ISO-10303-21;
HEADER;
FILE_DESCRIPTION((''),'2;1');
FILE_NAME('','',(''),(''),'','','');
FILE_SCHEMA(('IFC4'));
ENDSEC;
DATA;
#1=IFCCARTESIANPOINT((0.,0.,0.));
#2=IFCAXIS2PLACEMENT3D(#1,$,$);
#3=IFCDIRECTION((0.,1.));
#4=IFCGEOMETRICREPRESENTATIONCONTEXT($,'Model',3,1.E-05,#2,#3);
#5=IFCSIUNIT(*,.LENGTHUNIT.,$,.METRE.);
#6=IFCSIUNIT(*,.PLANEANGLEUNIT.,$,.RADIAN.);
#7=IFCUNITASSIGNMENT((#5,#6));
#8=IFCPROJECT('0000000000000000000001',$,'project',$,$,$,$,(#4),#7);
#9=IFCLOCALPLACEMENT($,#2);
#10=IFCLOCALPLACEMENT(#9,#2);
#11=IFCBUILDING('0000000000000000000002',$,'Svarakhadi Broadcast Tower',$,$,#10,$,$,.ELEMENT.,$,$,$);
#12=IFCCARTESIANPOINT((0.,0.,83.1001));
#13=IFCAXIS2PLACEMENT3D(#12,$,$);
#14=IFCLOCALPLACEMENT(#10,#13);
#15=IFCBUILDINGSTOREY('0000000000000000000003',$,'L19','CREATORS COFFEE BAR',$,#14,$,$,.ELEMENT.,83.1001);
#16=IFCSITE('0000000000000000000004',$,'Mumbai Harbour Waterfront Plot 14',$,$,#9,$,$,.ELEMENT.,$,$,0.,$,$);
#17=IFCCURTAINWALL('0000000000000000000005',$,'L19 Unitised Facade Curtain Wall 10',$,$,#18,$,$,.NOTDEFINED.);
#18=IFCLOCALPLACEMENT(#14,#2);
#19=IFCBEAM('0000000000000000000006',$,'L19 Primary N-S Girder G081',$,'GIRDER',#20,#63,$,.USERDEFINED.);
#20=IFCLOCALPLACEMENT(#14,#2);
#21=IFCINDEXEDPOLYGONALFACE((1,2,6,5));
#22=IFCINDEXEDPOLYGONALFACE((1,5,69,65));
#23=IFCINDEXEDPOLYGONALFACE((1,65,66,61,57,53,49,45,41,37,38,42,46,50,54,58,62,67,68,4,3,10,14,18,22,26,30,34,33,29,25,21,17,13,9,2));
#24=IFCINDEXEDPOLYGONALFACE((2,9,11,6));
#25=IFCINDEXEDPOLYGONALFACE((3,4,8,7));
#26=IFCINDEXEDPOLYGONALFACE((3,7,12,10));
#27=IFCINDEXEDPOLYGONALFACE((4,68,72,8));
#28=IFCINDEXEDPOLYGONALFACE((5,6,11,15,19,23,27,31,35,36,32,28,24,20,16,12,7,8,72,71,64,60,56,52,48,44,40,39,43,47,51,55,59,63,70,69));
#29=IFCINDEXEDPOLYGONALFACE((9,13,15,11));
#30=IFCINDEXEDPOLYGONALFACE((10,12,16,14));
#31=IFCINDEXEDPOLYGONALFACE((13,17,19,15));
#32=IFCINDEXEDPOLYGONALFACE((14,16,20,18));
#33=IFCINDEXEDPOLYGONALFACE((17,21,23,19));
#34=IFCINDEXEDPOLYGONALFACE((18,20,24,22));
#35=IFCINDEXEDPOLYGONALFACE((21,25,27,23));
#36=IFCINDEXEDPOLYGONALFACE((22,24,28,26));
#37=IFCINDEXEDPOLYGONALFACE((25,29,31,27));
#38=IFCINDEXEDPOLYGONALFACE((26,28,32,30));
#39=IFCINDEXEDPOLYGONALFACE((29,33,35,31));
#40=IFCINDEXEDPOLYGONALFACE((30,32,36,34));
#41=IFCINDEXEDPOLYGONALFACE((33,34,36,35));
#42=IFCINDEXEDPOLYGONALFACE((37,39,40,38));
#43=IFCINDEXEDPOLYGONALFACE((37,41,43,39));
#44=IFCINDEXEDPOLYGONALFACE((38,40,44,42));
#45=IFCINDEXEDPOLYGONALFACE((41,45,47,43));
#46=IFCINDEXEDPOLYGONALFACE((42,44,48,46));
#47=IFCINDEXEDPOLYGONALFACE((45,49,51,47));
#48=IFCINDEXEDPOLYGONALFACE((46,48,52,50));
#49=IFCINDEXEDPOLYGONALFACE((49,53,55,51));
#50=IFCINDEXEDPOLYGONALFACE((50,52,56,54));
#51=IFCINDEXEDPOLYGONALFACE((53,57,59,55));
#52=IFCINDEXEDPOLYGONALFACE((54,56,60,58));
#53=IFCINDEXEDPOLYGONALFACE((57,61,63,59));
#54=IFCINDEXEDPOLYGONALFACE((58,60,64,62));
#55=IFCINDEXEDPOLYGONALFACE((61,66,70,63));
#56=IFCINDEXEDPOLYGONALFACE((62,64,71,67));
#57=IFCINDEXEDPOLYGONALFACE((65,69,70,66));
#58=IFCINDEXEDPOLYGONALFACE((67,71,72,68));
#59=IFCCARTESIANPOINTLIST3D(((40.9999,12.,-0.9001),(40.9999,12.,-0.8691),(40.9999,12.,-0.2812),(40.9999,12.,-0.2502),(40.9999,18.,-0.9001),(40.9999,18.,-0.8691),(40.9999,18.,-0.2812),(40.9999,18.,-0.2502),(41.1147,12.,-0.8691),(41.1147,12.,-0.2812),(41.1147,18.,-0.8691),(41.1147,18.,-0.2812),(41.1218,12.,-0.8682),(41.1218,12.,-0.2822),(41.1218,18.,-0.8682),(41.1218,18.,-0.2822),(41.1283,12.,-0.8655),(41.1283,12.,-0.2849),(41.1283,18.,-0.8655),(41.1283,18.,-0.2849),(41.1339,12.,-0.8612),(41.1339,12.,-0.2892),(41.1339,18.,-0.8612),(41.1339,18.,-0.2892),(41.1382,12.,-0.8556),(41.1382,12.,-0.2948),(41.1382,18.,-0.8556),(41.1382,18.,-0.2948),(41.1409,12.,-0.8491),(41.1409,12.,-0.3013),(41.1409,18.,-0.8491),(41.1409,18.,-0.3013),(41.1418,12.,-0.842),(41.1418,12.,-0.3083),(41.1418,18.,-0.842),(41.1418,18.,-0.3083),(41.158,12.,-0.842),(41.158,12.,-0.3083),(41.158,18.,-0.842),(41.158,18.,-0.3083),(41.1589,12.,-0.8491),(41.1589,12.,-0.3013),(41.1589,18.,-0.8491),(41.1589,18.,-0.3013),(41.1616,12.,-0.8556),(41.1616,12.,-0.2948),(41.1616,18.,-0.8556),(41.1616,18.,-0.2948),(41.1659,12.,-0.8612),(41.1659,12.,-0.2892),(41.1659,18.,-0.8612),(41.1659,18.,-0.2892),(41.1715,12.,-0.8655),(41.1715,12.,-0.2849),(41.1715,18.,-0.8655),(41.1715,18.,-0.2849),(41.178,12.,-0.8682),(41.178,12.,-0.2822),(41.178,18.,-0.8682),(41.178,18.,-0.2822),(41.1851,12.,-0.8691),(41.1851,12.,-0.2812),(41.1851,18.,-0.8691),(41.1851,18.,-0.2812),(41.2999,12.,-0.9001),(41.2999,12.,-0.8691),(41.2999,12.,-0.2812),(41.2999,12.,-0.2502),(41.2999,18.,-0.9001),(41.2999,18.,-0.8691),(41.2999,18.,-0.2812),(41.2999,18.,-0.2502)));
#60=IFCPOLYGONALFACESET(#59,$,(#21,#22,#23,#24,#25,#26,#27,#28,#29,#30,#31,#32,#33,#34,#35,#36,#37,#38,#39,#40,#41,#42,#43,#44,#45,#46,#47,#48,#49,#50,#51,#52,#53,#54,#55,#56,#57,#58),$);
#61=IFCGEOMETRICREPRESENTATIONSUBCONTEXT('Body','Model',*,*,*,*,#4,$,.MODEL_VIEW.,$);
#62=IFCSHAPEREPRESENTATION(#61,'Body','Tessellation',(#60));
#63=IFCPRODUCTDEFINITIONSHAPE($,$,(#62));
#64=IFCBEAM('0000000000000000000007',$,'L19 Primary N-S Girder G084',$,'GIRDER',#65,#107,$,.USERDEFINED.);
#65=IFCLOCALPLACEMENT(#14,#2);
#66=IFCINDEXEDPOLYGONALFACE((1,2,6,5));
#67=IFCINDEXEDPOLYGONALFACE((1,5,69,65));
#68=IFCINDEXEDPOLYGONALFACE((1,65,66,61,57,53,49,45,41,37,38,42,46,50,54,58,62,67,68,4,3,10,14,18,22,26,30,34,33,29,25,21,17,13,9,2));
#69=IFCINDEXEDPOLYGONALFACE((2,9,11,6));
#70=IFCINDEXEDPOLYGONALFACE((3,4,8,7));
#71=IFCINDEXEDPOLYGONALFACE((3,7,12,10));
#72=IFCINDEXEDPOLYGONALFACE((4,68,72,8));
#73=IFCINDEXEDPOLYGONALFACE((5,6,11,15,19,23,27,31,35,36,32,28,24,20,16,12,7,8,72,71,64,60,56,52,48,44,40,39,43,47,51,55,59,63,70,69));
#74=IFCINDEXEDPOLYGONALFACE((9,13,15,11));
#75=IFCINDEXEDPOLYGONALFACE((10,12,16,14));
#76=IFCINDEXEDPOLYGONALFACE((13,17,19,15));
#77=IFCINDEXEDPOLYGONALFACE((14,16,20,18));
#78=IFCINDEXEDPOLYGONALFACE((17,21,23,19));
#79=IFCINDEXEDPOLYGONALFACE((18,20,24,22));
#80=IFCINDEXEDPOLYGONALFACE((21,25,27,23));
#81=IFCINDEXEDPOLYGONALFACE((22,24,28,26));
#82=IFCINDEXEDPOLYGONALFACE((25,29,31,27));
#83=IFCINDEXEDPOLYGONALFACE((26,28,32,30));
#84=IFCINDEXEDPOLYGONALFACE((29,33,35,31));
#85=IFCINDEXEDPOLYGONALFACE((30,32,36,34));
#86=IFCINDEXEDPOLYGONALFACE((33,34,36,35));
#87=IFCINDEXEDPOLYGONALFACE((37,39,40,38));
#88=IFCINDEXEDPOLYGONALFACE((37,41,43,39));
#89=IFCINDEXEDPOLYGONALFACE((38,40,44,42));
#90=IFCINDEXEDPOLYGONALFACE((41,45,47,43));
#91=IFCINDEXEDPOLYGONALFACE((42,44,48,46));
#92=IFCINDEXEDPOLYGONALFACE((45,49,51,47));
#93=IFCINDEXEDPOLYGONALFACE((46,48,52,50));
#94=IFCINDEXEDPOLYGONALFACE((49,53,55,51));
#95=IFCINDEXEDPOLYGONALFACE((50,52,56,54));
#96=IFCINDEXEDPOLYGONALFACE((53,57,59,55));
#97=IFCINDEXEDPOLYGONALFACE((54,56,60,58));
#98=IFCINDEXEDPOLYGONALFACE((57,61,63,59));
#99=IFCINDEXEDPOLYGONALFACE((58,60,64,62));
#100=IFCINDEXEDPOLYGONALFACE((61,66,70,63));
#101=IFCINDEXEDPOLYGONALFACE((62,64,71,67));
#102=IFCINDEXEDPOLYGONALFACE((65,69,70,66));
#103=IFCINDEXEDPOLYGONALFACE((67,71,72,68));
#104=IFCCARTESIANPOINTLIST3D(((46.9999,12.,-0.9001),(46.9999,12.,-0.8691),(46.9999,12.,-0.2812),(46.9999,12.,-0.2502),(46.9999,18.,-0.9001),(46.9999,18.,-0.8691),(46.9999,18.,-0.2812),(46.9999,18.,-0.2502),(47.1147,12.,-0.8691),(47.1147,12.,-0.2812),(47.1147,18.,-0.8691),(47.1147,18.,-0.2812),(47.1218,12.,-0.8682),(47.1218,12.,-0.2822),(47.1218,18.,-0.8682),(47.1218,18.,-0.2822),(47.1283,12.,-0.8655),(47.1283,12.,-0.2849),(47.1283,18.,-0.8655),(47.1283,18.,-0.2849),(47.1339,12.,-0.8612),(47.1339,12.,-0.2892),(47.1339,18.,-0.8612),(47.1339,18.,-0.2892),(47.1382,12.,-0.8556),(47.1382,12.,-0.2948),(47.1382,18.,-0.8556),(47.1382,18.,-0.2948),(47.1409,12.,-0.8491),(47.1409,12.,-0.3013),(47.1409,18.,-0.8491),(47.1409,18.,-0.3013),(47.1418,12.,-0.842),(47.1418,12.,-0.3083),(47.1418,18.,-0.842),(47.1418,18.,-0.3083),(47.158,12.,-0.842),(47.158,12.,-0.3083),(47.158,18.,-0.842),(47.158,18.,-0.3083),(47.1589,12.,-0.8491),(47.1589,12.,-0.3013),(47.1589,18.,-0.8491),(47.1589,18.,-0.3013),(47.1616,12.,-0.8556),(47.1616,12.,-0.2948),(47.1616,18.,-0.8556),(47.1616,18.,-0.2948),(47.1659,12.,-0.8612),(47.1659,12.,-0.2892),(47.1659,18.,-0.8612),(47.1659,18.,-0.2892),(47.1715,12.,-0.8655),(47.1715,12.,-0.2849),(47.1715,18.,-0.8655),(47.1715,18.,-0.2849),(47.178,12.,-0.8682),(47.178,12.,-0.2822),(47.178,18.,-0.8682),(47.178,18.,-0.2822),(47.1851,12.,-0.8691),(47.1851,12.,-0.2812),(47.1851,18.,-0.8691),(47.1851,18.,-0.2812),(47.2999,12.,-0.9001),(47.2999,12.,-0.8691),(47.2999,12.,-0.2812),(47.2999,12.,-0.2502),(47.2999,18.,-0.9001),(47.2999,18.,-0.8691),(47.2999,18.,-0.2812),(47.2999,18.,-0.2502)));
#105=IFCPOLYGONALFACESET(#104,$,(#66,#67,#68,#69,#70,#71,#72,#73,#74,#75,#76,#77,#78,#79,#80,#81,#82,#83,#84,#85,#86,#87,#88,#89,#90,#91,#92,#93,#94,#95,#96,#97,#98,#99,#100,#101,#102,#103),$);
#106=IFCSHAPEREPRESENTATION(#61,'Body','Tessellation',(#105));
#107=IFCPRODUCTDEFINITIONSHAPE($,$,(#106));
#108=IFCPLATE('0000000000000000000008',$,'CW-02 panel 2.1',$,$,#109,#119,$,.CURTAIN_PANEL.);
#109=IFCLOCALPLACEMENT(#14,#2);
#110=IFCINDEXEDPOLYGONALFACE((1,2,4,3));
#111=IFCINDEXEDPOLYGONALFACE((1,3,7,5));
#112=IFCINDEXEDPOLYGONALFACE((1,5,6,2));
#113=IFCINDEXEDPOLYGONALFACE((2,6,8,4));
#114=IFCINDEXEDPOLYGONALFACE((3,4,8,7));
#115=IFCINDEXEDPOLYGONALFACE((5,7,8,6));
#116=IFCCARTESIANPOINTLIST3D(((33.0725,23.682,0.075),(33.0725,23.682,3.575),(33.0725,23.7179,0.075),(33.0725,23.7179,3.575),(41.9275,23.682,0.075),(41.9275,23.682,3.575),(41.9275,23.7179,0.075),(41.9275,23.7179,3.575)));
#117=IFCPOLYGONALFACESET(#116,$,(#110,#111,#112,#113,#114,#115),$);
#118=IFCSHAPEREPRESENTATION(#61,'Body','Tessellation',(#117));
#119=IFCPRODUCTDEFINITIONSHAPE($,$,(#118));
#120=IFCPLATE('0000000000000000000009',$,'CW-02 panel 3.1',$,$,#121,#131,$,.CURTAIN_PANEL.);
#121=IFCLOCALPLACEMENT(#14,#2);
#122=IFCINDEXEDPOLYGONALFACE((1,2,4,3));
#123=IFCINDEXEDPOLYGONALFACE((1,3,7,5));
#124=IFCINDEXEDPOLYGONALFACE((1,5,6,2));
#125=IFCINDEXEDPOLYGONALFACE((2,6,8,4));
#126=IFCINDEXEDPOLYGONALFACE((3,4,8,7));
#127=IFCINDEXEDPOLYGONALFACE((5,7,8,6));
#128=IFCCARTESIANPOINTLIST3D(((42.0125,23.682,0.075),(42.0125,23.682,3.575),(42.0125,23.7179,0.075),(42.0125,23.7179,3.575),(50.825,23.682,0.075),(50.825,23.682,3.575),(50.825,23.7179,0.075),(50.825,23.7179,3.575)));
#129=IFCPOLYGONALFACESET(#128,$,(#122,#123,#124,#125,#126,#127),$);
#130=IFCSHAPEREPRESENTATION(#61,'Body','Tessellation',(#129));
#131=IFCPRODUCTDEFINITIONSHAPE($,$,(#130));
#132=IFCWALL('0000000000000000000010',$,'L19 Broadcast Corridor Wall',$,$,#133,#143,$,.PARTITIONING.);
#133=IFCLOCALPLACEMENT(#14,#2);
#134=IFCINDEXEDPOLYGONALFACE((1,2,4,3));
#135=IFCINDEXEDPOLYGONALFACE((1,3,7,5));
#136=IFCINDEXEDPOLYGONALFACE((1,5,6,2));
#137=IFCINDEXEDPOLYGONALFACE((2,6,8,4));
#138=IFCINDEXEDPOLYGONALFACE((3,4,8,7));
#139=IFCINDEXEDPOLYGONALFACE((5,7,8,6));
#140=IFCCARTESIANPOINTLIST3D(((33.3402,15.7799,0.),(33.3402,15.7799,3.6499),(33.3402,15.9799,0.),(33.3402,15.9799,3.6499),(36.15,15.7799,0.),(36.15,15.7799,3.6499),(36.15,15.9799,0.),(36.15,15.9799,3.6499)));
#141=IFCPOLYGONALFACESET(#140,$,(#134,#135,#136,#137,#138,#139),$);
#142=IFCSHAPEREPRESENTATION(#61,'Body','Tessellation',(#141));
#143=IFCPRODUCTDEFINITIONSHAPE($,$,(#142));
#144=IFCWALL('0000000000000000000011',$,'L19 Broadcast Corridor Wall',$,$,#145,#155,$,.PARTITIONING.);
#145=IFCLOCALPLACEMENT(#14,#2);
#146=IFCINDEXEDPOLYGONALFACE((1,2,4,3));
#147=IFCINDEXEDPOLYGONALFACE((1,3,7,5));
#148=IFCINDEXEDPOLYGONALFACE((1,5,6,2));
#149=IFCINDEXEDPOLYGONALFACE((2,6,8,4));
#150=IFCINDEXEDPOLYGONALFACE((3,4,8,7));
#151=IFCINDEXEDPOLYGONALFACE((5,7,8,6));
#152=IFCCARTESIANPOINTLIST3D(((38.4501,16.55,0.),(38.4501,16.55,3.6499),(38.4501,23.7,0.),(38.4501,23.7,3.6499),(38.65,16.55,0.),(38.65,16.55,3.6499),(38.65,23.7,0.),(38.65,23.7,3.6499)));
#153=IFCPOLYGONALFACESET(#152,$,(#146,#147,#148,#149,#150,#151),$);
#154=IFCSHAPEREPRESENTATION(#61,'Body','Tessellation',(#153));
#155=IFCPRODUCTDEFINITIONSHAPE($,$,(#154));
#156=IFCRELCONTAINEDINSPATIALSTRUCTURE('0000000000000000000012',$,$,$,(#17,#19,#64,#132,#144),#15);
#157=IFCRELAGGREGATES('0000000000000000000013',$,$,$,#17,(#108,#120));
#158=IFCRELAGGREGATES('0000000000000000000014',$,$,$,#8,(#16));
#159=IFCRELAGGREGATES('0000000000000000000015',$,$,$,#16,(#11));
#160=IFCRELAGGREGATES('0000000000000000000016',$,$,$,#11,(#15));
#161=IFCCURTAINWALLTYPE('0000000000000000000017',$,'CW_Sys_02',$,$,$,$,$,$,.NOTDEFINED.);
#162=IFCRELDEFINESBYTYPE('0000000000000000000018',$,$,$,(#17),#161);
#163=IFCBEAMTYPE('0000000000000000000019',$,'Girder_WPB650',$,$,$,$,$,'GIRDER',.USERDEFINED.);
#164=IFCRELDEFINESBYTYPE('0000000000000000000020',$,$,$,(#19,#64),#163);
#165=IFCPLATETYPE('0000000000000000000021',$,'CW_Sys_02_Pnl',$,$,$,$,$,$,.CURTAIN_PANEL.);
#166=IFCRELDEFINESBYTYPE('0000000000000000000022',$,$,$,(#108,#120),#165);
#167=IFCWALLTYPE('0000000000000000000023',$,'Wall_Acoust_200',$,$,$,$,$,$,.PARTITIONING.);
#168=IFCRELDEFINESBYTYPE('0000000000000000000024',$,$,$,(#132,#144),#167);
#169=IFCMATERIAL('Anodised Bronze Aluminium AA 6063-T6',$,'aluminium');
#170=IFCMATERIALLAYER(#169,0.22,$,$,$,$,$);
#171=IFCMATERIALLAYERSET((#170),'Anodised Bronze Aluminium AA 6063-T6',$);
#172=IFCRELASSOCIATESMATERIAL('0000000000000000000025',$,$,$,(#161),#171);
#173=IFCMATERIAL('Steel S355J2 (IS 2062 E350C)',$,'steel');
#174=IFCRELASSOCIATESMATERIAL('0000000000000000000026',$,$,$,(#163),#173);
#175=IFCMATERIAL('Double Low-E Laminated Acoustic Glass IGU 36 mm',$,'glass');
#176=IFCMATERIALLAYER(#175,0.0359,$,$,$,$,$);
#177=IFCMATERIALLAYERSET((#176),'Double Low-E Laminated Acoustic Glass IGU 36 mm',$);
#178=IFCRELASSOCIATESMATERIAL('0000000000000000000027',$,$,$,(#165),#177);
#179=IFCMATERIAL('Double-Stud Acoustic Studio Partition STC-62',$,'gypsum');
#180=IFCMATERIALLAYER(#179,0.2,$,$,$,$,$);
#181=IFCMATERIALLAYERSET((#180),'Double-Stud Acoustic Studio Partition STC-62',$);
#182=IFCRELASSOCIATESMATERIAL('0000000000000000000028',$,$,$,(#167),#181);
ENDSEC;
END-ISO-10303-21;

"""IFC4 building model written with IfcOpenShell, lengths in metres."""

from ifc_helpers import new_model, si_unit, direction, frame, frame_2d, origin, origin_2d, place, context, subcontext, project, spatial, rectangle, i_section, extrude, material, layer, layer_set, material_profile, profile_set, type_object, element, aggregate, save


model = new_model("IFC4")

# Units and contexts
model_context = context("Model", 3, precision=1e-05, world=origin(), true_north=direction((0.0, 1.0)))
body_context = subcontext(model_context, "Body", "Model", "MODEL_VIEW")
ifc_project = project(units=[si_unit("LENGTHUNIT", "METRE"), si_unit("PLANEANGLEUNIT", "RADIAN")], contexts=[model_context])

# Site, building, storey
site_placement = place(None, origin())
site = spatial("IfcSite", under=ifc_project, at=site_placement, Name="Mumbai Harbour Waterfront Plot 14", CompositionType="ELEMENT", RefElevation=0.0)
building_placement = place(site_placement, origin())
building = spatial("IfcBuilding", under=site, at=building_placement, Name="Svarakhadi Broadcast Tower", CompositionType="ELEMENT")
storey_placement = place(building_placement, frame((0.0, 0.0, 83.1001)))
storey = spatial("IfcBuildingStorey", under=building, at=storey_placement, Name="L19", Description="CREATORS COFFEE BAR", CompositionType="ELEMENT", Elevation=83.1001)

# Shared definitions
ifc_material_1 = material(Name="Steel S355J2 (IS 2062 E350C)", Category="steel")

# Curtain wall
ifc_material_2 = material(Name="Anodised Bronze Aluminium AA 6063-T6", Category="aluminium")
ifc_layer_1 = layer(ifc_material_2, 0.22)
ifc_layer_set_1 = layer_set([ifc_layer_1], Name="Anodised Bronze Aluminium AA 6063-T6")
curtain_wall_type = type_object("IfcCurtainWallType", Name="CW_Sys_02", PredefinedType="NOTDEFINED", material=ifc_layer_set_1)
curtain_wall_1_placement = place(storey_placement, origin())
curtain_wall_1 = element("IfcCurtainWall", 1, at=curtain_wall_1_placement, inside=storey, type_object=curtain_wall_type, Name="L19 Unitised Facade Curtain Wall 10", PredefinedType="NOTDEFINED")

# Beams
ifc_material_profile_1 = material_profile(ifc_material_1, i_section(OverallWidth=0.3, OverallDepth=0.6499, WebThickness=0.0161, FlangeThickness=0.031, FilletRadius=0.0271, at=origin_2d()), Name="WPB 650x300x225")
ifc_profile_set_1 = profile_set([ifc_material_profile_1], Name="Steel S355J2 (IS 2062 E350C)")
beam_type_1 = type_object("IfcBeamType", Name="Girder_WPB650", ElementType="GIRDER", PredefinedType="USERDEFINED", material=ifc_profile_set_1)
for number, where, z_axis, x_axis, name in (
    (2, (41.1499, 12.0, -0.5752), (0.0, 1.0, 0.0), (-1.0, 0.0, 0.0), "L19 Primary N-S Girder G081"),
    (3, (47.1499, 12.0, -0.5752), (0.0, 1.0, 0.0), (-1.0, 0.0, 0.0), "L19 Primary N-S Girder G084"),
):
    element("IfcBeam", number, at=place(storey_placement, frame(where, z_axis=z_axis, x_axis=x_axis)), inside=storey, type_object=beam_type_1, Name=name, ObjectType="GIRDER", PredefinedType="USERDEFINED", context=body_context, shape_type="SweptSolid", body=[
        extrude(i_section(OverallWidth=0.3, OverallDepth=0.6499, WebThickness=0.0161, FlangeThickness=0.031, FilletRadius=0.0271, at=origin_2d()), origin(), (0.0, 0.0, 1.0), 6.0),
    ])

# Plates
ifc_material_3 = material(Name="Double Low-E Laminated Acoustic Glass IGU 36 mm", Category="glass")
ifc_layer_2 = layer(ifc_material_3, 0.0359)
ifc_layer_set_2 = layer_set([ifc_layer_2], Name="Double Low-E Laminated Acoustic Glass IGU 36 mm")
plate_type = type_object("IfcPlateType", Name="CW_Sys_02_Pnl", PredefinedType="CURTAIN_PANEL", material=ifc_layer_set_2)
plate_1_placement = place(storey_placement, frame((37.5, 23.7, 0.075), z_axis=(0.0, 0.0, 1.0), x_axis=(1.0, 0.0, 0.0)))
plate_1 = element("IfcPlate", 4, at=plate_1_placement, type_object=plate_type, Name="CW-02 panel 2.1", PredefinedType="CURTAIN_PANEL", context=body_context, shape_type="SweptSolid", body=[
    extrude(rectangle(XDim=8.855, YDim=0.0359, at=origin_2d()), origin(), (0.0, 0.0, 1.0), 3.5),
])
plate_2_placement = place(storey_placement, frame((46.4187, 23.7, 0.075), z_axis=(0.0, 0.0, 1.0), x_axis=(1.0, 0.0, 0.0)))
plate_2 = element("IfcPlate", 5, at=plate_2_placement, type_object=plate_type, Name="CW-02 panel 3.1", PredefinedType="CURTAIN_PANEL", context=body_context, shape_type="SweptSolid", body=[
    extrude(rectangle(XDim=8.8125, YDim=0.0359, at=origin_2d()), origin(), (0.0, 0.0, 1.0), 3.5),
])
aggregate(curtain_wall_1, [plate_1, plate_2])

# Walls
ifc_material_4 = material(Name="Double-Stud Acoustic Studio Partition STC-62", Category="gypsum")
ifc_layer_3 = layer(ifc_material_4, 0.2)
ifc_layer_set_3 = layer_set([ifc_layer_3], Name="Double-Stud Acoustic Studio Partition STC-62")
wall_type_1 = type_object("IfcWallType", Name="Wall_Acoust_200", PredefinedType="PARTITIONING", material=ifc_layer_set_3)
wall_1_placement = place(storey_placement, frame((36.1499, 15.8799, 0.0), z_axis=(0.0, 0.0, 1.0), x_axis=(-1.0, 0.0, 0.0)))
element("IfcWall", 6, at=wall_1_placement, inside=storey, type_object=wall_type_1, Name="L19 Broadcast Corridor Wall", PredefinedType="PARTITIONING", context=body_context, shape_type="SweptSolid", body=[
    extrude(rectangle(XDim=2.8098, YDim=0.2, at=frame_2d((1.4048, 0.0))), origin(), (0.0, 0.0, 1.0), 3.6499),
])
wall_2_placement = place(storey_placement, frame((38.55, 23.7, 0.0), z_axis=(0.0, 0.0, 1.0), x_axis=(0.0, -1.0, 0.0)))
element("IfcWall", 7, at=wall_2_placement, inside=storey, type_object=wall_type_1, Name="L19 Broadcast Corridor Wall", PredefinedType="PARTITIONING", context=body_context, shape_type="SweptSolid", body=[
    extrude(rectangle(XDim=7.1499, YDim=0.2, at=frame_2d((3.575, 0.0))), origin(), (0.0, 0.0, 1.0), 3.6499),
])

save(model, "model.ifc")
